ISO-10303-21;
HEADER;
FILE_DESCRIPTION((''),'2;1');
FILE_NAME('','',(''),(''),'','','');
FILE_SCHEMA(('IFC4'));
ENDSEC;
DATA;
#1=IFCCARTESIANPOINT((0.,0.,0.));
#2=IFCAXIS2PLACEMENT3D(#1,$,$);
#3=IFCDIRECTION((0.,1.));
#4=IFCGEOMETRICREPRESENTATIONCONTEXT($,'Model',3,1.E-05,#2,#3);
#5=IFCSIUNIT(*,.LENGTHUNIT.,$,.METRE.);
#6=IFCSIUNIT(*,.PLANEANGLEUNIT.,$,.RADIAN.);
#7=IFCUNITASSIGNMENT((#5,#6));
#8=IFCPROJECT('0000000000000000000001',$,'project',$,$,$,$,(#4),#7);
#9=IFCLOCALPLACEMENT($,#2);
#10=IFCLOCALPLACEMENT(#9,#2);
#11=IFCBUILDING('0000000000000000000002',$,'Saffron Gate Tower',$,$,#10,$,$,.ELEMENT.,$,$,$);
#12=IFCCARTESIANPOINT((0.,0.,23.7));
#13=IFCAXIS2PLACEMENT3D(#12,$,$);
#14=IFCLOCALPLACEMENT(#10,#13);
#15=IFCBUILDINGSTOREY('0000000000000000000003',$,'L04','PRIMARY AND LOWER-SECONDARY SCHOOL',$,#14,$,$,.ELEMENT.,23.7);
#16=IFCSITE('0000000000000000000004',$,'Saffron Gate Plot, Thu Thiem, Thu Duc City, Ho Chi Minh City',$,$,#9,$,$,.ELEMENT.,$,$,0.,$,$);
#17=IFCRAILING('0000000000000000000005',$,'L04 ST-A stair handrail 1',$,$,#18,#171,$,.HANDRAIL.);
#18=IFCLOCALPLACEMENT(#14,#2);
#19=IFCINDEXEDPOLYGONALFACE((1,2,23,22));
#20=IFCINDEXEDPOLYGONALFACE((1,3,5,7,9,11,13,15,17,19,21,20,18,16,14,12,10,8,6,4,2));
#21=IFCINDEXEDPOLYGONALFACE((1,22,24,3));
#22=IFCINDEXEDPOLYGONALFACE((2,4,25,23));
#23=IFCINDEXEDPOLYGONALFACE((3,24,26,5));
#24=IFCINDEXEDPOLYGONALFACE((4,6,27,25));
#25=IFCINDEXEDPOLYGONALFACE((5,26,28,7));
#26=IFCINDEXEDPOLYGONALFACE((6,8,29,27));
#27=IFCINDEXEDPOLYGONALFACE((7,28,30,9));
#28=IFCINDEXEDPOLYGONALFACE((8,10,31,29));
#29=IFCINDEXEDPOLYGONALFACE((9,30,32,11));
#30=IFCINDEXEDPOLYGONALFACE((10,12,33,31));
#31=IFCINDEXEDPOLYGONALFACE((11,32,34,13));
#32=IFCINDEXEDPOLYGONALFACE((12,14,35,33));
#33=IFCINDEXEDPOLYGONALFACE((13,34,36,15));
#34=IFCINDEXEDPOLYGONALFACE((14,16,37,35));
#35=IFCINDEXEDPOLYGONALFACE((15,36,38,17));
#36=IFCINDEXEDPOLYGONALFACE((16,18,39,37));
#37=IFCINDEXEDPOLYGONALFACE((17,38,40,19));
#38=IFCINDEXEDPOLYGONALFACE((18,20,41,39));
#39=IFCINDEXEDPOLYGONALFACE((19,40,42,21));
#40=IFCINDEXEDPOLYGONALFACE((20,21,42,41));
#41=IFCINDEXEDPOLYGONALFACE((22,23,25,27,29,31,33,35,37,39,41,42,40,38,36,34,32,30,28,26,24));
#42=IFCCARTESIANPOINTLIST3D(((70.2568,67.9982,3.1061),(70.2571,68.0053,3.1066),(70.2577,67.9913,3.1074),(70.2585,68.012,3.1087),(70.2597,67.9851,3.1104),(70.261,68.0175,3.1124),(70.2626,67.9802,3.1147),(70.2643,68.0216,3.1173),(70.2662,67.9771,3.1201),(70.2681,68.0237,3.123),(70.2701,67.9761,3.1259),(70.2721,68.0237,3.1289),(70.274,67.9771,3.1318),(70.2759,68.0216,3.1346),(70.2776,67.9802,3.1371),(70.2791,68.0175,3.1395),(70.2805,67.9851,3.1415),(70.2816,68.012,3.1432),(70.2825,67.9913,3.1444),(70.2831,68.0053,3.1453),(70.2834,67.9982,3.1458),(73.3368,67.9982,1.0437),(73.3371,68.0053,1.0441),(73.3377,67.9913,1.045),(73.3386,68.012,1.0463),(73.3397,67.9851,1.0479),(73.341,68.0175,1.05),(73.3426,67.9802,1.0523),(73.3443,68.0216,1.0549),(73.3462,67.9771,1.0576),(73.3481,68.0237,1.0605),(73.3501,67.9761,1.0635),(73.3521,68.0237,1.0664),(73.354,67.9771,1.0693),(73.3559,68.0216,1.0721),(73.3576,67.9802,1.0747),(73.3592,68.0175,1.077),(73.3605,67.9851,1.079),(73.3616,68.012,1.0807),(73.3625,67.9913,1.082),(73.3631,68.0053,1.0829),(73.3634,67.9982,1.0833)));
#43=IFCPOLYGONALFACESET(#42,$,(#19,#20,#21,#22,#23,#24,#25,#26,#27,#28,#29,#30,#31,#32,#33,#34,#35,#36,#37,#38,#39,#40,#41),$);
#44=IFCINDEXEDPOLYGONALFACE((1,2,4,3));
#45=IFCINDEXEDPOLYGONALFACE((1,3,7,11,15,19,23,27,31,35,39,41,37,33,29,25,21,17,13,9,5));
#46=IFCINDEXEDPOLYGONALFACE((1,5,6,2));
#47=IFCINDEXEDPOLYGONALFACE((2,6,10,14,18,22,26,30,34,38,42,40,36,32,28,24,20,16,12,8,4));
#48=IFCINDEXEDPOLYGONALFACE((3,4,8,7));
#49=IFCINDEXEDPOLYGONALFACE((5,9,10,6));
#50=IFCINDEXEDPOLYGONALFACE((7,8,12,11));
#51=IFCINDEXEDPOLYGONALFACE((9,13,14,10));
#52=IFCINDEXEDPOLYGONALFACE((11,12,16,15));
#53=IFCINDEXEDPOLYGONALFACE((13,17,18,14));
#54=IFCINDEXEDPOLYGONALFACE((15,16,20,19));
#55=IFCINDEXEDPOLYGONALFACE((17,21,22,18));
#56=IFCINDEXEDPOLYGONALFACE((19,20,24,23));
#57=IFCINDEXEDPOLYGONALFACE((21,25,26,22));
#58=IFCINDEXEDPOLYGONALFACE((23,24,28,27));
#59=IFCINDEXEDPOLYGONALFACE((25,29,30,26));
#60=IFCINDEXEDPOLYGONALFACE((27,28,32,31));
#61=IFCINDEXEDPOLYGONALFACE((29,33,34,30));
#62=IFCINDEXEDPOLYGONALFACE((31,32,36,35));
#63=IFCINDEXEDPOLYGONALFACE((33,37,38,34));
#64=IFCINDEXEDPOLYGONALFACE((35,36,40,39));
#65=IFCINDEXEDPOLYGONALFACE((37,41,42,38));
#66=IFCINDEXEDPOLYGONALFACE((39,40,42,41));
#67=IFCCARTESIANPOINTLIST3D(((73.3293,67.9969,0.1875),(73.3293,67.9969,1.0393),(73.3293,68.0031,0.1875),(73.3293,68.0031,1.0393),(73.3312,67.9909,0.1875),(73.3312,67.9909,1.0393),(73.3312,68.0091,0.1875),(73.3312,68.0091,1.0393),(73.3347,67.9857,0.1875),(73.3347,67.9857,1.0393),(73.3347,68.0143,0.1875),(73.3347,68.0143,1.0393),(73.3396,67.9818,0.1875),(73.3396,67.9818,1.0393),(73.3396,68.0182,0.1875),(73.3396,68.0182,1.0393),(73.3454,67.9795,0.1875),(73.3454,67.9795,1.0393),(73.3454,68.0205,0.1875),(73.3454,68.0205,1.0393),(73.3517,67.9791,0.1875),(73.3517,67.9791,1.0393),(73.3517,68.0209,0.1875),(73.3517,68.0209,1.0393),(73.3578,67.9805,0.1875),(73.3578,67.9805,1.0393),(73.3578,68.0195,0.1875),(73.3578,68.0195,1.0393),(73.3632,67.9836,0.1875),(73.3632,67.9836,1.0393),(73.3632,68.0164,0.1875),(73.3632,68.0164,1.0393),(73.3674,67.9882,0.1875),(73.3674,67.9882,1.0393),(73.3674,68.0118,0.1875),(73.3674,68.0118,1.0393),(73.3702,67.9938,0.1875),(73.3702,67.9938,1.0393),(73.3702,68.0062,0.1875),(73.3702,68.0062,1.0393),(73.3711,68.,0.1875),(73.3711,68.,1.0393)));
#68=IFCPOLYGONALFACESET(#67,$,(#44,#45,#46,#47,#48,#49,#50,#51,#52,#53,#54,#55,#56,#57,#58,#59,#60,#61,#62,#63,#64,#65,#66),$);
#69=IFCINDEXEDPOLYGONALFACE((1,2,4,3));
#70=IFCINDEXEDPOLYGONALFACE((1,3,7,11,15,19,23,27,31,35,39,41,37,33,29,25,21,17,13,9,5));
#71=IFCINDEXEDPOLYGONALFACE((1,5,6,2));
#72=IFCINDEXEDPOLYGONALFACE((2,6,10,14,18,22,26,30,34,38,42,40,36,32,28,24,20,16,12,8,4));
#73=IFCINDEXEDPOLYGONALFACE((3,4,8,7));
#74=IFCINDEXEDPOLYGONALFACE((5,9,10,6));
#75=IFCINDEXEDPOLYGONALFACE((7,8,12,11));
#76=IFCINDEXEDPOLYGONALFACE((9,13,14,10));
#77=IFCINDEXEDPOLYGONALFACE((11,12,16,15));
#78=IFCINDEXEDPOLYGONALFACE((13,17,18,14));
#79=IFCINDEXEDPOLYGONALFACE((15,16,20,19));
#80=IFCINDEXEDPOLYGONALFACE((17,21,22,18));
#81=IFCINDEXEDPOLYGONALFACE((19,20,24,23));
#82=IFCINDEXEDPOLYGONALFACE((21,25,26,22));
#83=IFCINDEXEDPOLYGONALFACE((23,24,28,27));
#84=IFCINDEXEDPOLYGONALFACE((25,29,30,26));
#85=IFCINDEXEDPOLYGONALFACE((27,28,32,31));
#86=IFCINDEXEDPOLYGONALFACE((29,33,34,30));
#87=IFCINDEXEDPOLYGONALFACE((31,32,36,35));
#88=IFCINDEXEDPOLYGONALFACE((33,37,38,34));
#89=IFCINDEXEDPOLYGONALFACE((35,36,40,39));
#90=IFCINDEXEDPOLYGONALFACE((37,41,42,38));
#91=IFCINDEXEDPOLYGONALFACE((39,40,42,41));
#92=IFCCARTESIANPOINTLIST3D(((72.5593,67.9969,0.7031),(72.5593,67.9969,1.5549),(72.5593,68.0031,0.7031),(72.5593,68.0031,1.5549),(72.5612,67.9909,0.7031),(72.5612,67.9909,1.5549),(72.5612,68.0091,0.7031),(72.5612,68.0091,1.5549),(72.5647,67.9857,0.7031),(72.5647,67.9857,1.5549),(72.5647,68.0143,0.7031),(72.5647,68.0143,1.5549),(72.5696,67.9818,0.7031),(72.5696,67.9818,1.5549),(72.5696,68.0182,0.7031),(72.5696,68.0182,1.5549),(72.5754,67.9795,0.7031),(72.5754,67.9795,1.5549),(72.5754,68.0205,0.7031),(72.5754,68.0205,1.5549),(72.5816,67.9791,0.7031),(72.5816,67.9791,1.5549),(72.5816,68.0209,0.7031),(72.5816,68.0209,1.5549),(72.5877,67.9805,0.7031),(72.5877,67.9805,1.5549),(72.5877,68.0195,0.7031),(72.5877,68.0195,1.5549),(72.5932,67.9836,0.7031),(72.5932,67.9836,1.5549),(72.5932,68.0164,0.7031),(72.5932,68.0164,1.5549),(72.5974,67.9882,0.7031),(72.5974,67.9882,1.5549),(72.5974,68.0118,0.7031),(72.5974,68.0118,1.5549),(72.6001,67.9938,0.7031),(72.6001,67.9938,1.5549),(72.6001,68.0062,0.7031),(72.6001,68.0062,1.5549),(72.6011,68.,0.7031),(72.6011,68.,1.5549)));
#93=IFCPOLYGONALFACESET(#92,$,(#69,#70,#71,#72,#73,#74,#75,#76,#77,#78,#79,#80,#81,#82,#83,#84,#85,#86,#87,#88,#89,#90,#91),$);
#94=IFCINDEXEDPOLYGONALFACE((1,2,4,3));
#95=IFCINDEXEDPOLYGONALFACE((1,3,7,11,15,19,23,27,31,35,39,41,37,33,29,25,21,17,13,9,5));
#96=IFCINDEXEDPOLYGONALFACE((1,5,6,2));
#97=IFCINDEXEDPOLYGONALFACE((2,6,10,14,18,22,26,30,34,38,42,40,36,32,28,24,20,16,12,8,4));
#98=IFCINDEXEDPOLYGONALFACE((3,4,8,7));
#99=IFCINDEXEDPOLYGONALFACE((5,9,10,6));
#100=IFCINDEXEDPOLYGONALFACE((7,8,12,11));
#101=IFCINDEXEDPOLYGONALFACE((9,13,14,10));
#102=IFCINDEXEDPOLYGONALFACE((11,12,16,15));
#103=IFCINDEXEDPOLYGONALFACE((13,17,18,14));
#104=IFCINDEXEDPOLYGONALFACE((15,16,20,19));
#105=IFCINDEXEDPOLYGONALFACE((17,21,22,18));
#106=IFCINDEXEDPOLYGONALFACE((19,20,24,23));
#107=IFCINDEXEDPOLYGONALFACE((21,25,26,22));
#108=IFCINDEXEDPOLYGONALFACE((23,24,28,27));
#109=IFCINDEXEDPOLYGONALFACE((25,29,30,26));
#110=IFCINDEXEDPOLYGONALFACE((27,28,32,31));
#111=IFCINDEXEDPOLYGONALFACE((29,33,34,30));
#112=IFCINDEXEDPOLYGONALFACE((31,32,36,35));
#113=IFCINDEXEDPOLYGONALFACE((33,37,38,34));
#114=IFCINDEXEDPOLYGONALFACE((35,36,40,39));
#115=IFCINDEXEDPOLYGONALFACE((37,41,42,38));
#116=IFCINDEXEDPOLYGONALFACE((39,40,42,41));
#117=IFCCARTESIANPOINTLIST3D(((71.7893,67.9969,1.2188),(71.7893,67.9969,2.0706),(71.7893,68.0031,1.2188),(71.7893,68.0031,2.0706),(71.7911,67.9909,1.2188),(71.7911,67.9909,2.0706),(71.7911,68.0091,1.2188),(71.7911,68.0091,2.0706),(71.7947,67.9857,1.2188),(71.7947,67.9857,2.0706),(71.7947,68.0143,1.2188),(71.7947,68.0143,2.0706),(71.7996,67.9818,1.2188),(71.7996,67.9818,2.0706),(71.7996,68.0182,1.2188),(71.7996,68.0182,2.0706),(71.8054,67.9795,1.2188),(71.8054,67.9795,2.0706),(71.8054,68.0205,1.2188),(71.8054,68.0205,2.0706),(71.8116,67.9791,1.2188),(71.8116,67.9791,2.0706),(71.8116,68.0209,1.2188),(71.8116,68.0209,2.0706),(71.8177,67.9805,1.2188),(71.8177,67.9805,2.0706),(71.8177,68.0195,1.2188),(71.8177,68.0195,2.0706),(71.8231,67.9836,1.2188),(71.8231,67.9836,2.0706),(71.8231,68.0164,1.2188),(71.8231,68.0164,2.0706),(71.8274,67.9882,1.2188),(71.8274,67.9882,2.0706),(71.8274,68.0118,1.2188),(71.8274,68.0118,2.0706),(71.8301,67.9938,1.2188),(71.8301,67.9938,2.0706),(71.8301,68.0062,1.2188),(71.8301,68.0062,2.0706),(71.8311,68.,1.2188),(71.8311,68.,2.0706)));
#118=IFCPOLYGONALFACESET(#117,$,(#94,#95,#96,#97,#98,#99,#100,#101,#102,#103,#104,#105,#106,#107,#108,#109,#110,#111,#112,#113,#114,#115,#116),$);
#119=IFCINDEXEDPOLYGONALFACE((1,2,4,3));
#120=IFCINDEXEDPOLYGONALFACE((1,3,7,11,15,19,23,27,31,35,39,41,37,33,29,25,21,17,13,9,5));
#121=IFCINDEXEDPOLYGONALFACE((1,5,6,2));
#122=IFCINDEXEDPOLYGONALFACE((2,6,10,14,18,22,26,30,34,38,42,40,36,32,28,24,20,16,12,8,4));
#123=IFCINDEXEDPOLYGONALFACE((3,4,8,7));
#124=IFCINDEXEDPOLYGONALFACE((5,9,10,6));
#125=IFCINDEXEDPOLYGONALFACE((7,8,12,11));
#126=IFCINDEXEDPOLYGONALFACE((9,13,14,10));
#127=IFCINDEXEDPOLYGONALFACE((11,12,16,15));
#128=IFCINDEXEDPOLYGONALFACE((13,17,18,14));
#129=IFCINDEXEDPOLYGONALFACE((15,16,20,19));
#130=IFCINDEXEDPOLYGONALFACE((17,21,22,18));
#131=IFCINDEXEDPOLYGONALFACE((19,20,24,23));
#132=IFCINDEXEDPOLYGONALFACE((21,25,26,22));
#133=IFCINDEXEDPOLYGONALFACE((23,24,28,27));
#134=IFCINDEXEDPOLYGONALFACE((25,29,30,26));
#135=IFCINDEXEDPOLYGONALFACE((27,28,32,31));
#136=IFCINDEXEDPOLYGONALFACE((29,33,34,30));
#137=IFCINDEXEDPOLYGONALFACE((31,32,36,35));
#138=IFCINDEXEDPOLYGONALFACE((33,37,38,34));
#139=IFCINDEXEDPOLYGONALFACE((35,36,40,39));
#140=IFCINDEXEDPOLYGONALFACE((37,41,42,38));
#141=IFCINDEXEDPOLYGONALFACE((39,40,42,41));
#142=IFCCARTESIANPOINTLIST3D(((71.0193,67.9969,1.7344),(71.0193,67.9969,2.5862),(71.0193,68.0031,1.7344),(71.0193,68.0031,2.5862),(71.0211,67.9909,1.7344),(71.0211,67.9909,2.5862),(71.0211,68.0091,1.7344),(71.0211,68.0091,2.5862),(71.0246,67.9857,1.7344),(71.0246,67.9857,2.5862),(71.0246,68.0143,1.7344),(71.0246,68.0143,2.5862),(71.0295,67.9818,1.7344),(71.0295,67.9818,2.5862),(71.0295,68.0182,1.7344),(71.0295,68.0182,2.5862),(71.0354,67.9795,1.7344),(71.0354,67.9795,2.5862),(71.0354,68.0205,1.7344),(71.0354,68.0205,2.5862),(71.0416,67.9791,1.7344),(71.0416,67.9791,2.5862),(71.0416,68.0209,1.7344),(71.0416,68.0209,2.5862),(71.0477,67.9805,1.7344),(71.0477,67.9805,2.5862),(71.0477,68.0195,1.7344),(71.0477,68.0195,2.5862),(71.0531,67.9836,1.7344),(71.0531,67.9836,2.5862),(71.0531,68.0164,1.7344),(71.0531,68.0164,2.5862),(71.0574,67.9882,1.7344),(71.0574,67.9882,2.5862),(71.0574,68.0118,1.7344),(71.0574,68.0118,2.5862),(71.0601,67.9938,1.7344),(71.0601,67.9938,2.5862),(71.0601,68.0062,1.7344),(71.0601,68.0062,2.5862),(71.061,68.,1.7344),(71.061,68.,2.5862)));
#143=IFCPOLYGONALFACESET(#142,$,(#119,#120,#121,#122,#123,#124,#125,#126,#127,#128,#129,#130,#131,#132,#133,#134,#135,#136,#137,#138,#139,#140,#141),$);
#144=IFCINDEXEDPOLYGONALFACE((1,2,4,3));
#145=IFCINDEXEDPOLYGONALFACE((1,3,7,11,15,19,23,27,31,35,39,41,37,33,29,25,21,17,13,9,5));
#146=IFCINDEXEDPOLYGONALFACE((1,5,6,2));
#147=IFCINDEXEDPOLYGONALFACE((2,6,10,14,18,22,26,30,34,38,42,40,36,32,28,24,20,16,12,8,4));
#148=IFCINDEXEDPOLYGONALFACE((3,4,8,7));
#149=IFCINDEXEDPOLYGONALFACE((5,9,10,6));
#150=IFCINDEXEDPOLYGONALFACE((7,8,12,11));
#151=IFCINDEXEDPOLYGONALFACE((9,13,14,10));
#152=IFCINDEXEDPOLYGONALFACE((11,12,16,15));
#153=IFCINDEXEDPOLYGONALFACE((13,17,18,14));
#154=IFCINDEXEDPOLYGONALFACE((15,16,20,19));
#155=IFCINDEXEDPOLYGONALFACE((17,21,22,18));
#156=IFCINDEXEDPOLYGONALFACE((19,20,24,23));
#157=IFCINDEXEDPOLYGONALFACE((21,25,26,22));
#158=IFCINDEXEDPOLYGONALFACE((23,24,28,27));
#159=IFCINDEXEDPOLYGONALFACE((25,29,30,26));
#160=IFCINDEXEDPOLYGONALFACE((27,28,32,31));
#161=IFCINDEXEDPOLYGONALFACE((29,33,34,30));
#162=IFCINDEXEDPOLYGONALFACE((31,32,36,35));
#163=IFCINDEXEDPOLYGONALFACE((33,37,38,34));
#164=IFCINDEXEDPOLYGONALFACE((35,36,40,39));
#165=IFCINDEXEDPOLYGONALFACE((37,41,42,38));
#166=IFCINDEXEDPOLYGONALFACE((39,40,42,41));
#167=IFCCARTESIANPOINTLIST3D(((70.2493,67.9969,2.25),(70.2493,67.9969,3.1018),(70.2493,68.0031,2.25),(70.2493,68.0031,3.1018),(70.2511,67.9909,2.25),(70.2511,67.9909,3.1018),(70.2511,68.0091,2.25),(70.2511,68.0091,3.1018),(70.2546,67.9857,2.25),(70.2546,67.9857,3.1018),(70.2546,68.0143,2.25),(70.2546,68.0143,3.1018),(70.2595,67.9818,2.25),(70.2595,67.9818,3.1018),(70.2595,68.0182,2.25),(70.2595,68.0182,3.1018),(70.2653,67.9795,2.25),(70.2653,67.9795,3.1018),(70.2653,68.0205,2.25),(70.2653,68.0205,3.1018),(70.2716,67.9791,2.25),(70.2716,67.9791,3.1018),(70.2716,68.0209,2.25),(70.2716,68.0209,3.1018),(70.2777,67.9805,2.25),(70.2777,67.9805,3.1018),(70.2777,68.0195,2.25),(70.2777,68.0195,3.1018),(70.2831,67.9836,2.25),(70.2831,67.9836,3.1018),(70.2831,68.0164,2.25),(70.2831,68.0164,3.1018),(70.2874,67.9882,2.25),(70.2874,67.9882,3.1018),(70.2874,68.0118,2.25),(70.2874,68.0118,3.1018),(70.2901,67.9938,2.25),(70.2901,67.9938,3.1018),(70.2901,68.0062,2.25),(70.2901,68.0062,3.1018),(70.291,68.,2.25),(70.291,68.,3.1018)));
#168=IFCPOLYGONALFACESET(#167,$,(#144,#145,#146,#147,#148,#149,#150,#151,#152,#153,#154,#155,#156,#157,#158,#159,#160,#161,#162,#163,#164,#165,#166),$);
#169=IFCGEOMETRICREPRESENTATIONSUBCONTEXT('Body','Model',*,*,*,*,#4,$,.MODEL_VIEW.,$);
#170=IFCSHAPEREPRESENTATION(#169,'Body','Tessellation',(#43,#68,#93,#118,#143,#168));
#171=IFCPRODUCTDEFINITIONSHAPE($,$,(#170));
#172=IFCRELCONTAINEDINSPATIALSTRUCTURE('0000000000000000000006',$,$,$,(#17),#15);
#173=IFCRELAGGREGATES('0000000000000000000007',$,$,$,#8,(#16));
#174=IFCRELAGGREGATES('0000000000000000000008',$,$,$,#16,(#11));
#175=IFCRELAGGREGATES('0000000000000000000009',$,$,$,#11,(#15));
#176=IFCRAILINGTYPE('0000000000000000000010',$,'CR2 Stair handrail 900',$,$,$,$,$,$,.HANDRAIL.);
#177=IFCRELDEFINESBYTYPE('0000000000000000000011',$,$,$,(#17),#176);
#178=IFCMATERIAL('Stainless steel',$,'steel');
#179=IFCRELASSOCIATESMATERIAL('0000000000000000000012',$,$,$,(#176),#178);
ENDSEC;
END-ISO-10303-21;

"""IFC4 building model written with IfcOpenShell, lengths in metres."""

from ifc_helpers import new_model, si_unit, direction, frame, origin, origin_2d, place, context, subcontext, project, spatial, circle, extrude, material, type_object, element, save


model = new_model("IFC4")

# Units and contexts
model_context = context("Model", 3, precision=1e-05, world=origin(), true_north=direction((0.0, 1.0)))
body_context = subcontext(model_context, "Body", "Model", "MODEL_VIEW")
ifc_project = project(units=[si_unit("LENGTHUNIT", "METRE"), si_unit("PLANEANGLEUNIT", "RADIAN")], contexts=[model_context])

# Site, building, storey
site_placement = place(None, origin())
site = spatial("IfcSite", under=ifc_project, at=site_placement, Name="Saffron Gate Plot, Thu Thiem, Thu Duc City, Ho Chi Minh City", CompositionType="ELEMENT", RefElevation=0.0)
building_placement = place(site_placement, origin())
building = spatial("IfcBuilding", under=site, at=building_placement, Name="Saffron Gate Tower", CompositionType="ELEMENT")
storey_placement = place(building_placement, frame((0.0, 0.0, 23.7)))
storey = spatial("IfcBuildingStorey", under=building, at=storey_placement, Name="L04", Description="PRIMARY AND LOWER-SECONDARY SCHOOL", CompositionType="ELEMENT", Elevation=23.7)

# Railing
ifc_material_1 = material(Name="Stainless steel", Category="steel")
railing_type_1 = type_object("IfcRailingType", Name="CR2 Stair handrail 900", PredefinedType="HANDRAIL", material=ifc_material_1)
railing_1_placement = place(storey_placement, frame((73.3501, 68.0, 0.1875)))
element("IfcRailing", 1, at=railing_1_placement, inside=storey, type_object=railing_type_1, Name="L04 ST-A stair handrail 1", PredefinedType="HANDRAIL", context=body_context, shape_type="SweptSolid", body=[
    extrude(circle(Radius=0.0239, at=origin_2d()), frame((0.0, 0.0, 0.876), z_axis=(-0.830914, 0.0, 0.556401), x_axis=(0.0, -1.0, 0.0)), (0.0, 0.0, 1.0), 3.7068),
    extrude(circle(Radius=0.021, at=origin_2d()), origin(), (0.0, 0.0, 1.0), 0.8518),
    extrude(circle(Radius=0.021, at=origin_2d()), frame((-0.77, 0.0, 0.5156)), (0.0, 0.0, 1.0), 0.8518),
    extrude(circle(Radius=0.021, at=origin_2d()), frame((-1.54, 0.0, 1.0312)), (0.0, 0.0, 1.0), 0.8518),
    extrude(circle(Radius=0.021, at=origin_2d()), frame((-2.3101, 0.0, 1.5469)), (0.0, 0.0, 1.0), 0.8518),
    extrude(circle(Radius=0.021, at=origin_2d()), frame((-3.0801, 0.0, 2.0625)), (0.0, 0.0, 1.0), 0.8518),
])

save(model, "model.ifc")
